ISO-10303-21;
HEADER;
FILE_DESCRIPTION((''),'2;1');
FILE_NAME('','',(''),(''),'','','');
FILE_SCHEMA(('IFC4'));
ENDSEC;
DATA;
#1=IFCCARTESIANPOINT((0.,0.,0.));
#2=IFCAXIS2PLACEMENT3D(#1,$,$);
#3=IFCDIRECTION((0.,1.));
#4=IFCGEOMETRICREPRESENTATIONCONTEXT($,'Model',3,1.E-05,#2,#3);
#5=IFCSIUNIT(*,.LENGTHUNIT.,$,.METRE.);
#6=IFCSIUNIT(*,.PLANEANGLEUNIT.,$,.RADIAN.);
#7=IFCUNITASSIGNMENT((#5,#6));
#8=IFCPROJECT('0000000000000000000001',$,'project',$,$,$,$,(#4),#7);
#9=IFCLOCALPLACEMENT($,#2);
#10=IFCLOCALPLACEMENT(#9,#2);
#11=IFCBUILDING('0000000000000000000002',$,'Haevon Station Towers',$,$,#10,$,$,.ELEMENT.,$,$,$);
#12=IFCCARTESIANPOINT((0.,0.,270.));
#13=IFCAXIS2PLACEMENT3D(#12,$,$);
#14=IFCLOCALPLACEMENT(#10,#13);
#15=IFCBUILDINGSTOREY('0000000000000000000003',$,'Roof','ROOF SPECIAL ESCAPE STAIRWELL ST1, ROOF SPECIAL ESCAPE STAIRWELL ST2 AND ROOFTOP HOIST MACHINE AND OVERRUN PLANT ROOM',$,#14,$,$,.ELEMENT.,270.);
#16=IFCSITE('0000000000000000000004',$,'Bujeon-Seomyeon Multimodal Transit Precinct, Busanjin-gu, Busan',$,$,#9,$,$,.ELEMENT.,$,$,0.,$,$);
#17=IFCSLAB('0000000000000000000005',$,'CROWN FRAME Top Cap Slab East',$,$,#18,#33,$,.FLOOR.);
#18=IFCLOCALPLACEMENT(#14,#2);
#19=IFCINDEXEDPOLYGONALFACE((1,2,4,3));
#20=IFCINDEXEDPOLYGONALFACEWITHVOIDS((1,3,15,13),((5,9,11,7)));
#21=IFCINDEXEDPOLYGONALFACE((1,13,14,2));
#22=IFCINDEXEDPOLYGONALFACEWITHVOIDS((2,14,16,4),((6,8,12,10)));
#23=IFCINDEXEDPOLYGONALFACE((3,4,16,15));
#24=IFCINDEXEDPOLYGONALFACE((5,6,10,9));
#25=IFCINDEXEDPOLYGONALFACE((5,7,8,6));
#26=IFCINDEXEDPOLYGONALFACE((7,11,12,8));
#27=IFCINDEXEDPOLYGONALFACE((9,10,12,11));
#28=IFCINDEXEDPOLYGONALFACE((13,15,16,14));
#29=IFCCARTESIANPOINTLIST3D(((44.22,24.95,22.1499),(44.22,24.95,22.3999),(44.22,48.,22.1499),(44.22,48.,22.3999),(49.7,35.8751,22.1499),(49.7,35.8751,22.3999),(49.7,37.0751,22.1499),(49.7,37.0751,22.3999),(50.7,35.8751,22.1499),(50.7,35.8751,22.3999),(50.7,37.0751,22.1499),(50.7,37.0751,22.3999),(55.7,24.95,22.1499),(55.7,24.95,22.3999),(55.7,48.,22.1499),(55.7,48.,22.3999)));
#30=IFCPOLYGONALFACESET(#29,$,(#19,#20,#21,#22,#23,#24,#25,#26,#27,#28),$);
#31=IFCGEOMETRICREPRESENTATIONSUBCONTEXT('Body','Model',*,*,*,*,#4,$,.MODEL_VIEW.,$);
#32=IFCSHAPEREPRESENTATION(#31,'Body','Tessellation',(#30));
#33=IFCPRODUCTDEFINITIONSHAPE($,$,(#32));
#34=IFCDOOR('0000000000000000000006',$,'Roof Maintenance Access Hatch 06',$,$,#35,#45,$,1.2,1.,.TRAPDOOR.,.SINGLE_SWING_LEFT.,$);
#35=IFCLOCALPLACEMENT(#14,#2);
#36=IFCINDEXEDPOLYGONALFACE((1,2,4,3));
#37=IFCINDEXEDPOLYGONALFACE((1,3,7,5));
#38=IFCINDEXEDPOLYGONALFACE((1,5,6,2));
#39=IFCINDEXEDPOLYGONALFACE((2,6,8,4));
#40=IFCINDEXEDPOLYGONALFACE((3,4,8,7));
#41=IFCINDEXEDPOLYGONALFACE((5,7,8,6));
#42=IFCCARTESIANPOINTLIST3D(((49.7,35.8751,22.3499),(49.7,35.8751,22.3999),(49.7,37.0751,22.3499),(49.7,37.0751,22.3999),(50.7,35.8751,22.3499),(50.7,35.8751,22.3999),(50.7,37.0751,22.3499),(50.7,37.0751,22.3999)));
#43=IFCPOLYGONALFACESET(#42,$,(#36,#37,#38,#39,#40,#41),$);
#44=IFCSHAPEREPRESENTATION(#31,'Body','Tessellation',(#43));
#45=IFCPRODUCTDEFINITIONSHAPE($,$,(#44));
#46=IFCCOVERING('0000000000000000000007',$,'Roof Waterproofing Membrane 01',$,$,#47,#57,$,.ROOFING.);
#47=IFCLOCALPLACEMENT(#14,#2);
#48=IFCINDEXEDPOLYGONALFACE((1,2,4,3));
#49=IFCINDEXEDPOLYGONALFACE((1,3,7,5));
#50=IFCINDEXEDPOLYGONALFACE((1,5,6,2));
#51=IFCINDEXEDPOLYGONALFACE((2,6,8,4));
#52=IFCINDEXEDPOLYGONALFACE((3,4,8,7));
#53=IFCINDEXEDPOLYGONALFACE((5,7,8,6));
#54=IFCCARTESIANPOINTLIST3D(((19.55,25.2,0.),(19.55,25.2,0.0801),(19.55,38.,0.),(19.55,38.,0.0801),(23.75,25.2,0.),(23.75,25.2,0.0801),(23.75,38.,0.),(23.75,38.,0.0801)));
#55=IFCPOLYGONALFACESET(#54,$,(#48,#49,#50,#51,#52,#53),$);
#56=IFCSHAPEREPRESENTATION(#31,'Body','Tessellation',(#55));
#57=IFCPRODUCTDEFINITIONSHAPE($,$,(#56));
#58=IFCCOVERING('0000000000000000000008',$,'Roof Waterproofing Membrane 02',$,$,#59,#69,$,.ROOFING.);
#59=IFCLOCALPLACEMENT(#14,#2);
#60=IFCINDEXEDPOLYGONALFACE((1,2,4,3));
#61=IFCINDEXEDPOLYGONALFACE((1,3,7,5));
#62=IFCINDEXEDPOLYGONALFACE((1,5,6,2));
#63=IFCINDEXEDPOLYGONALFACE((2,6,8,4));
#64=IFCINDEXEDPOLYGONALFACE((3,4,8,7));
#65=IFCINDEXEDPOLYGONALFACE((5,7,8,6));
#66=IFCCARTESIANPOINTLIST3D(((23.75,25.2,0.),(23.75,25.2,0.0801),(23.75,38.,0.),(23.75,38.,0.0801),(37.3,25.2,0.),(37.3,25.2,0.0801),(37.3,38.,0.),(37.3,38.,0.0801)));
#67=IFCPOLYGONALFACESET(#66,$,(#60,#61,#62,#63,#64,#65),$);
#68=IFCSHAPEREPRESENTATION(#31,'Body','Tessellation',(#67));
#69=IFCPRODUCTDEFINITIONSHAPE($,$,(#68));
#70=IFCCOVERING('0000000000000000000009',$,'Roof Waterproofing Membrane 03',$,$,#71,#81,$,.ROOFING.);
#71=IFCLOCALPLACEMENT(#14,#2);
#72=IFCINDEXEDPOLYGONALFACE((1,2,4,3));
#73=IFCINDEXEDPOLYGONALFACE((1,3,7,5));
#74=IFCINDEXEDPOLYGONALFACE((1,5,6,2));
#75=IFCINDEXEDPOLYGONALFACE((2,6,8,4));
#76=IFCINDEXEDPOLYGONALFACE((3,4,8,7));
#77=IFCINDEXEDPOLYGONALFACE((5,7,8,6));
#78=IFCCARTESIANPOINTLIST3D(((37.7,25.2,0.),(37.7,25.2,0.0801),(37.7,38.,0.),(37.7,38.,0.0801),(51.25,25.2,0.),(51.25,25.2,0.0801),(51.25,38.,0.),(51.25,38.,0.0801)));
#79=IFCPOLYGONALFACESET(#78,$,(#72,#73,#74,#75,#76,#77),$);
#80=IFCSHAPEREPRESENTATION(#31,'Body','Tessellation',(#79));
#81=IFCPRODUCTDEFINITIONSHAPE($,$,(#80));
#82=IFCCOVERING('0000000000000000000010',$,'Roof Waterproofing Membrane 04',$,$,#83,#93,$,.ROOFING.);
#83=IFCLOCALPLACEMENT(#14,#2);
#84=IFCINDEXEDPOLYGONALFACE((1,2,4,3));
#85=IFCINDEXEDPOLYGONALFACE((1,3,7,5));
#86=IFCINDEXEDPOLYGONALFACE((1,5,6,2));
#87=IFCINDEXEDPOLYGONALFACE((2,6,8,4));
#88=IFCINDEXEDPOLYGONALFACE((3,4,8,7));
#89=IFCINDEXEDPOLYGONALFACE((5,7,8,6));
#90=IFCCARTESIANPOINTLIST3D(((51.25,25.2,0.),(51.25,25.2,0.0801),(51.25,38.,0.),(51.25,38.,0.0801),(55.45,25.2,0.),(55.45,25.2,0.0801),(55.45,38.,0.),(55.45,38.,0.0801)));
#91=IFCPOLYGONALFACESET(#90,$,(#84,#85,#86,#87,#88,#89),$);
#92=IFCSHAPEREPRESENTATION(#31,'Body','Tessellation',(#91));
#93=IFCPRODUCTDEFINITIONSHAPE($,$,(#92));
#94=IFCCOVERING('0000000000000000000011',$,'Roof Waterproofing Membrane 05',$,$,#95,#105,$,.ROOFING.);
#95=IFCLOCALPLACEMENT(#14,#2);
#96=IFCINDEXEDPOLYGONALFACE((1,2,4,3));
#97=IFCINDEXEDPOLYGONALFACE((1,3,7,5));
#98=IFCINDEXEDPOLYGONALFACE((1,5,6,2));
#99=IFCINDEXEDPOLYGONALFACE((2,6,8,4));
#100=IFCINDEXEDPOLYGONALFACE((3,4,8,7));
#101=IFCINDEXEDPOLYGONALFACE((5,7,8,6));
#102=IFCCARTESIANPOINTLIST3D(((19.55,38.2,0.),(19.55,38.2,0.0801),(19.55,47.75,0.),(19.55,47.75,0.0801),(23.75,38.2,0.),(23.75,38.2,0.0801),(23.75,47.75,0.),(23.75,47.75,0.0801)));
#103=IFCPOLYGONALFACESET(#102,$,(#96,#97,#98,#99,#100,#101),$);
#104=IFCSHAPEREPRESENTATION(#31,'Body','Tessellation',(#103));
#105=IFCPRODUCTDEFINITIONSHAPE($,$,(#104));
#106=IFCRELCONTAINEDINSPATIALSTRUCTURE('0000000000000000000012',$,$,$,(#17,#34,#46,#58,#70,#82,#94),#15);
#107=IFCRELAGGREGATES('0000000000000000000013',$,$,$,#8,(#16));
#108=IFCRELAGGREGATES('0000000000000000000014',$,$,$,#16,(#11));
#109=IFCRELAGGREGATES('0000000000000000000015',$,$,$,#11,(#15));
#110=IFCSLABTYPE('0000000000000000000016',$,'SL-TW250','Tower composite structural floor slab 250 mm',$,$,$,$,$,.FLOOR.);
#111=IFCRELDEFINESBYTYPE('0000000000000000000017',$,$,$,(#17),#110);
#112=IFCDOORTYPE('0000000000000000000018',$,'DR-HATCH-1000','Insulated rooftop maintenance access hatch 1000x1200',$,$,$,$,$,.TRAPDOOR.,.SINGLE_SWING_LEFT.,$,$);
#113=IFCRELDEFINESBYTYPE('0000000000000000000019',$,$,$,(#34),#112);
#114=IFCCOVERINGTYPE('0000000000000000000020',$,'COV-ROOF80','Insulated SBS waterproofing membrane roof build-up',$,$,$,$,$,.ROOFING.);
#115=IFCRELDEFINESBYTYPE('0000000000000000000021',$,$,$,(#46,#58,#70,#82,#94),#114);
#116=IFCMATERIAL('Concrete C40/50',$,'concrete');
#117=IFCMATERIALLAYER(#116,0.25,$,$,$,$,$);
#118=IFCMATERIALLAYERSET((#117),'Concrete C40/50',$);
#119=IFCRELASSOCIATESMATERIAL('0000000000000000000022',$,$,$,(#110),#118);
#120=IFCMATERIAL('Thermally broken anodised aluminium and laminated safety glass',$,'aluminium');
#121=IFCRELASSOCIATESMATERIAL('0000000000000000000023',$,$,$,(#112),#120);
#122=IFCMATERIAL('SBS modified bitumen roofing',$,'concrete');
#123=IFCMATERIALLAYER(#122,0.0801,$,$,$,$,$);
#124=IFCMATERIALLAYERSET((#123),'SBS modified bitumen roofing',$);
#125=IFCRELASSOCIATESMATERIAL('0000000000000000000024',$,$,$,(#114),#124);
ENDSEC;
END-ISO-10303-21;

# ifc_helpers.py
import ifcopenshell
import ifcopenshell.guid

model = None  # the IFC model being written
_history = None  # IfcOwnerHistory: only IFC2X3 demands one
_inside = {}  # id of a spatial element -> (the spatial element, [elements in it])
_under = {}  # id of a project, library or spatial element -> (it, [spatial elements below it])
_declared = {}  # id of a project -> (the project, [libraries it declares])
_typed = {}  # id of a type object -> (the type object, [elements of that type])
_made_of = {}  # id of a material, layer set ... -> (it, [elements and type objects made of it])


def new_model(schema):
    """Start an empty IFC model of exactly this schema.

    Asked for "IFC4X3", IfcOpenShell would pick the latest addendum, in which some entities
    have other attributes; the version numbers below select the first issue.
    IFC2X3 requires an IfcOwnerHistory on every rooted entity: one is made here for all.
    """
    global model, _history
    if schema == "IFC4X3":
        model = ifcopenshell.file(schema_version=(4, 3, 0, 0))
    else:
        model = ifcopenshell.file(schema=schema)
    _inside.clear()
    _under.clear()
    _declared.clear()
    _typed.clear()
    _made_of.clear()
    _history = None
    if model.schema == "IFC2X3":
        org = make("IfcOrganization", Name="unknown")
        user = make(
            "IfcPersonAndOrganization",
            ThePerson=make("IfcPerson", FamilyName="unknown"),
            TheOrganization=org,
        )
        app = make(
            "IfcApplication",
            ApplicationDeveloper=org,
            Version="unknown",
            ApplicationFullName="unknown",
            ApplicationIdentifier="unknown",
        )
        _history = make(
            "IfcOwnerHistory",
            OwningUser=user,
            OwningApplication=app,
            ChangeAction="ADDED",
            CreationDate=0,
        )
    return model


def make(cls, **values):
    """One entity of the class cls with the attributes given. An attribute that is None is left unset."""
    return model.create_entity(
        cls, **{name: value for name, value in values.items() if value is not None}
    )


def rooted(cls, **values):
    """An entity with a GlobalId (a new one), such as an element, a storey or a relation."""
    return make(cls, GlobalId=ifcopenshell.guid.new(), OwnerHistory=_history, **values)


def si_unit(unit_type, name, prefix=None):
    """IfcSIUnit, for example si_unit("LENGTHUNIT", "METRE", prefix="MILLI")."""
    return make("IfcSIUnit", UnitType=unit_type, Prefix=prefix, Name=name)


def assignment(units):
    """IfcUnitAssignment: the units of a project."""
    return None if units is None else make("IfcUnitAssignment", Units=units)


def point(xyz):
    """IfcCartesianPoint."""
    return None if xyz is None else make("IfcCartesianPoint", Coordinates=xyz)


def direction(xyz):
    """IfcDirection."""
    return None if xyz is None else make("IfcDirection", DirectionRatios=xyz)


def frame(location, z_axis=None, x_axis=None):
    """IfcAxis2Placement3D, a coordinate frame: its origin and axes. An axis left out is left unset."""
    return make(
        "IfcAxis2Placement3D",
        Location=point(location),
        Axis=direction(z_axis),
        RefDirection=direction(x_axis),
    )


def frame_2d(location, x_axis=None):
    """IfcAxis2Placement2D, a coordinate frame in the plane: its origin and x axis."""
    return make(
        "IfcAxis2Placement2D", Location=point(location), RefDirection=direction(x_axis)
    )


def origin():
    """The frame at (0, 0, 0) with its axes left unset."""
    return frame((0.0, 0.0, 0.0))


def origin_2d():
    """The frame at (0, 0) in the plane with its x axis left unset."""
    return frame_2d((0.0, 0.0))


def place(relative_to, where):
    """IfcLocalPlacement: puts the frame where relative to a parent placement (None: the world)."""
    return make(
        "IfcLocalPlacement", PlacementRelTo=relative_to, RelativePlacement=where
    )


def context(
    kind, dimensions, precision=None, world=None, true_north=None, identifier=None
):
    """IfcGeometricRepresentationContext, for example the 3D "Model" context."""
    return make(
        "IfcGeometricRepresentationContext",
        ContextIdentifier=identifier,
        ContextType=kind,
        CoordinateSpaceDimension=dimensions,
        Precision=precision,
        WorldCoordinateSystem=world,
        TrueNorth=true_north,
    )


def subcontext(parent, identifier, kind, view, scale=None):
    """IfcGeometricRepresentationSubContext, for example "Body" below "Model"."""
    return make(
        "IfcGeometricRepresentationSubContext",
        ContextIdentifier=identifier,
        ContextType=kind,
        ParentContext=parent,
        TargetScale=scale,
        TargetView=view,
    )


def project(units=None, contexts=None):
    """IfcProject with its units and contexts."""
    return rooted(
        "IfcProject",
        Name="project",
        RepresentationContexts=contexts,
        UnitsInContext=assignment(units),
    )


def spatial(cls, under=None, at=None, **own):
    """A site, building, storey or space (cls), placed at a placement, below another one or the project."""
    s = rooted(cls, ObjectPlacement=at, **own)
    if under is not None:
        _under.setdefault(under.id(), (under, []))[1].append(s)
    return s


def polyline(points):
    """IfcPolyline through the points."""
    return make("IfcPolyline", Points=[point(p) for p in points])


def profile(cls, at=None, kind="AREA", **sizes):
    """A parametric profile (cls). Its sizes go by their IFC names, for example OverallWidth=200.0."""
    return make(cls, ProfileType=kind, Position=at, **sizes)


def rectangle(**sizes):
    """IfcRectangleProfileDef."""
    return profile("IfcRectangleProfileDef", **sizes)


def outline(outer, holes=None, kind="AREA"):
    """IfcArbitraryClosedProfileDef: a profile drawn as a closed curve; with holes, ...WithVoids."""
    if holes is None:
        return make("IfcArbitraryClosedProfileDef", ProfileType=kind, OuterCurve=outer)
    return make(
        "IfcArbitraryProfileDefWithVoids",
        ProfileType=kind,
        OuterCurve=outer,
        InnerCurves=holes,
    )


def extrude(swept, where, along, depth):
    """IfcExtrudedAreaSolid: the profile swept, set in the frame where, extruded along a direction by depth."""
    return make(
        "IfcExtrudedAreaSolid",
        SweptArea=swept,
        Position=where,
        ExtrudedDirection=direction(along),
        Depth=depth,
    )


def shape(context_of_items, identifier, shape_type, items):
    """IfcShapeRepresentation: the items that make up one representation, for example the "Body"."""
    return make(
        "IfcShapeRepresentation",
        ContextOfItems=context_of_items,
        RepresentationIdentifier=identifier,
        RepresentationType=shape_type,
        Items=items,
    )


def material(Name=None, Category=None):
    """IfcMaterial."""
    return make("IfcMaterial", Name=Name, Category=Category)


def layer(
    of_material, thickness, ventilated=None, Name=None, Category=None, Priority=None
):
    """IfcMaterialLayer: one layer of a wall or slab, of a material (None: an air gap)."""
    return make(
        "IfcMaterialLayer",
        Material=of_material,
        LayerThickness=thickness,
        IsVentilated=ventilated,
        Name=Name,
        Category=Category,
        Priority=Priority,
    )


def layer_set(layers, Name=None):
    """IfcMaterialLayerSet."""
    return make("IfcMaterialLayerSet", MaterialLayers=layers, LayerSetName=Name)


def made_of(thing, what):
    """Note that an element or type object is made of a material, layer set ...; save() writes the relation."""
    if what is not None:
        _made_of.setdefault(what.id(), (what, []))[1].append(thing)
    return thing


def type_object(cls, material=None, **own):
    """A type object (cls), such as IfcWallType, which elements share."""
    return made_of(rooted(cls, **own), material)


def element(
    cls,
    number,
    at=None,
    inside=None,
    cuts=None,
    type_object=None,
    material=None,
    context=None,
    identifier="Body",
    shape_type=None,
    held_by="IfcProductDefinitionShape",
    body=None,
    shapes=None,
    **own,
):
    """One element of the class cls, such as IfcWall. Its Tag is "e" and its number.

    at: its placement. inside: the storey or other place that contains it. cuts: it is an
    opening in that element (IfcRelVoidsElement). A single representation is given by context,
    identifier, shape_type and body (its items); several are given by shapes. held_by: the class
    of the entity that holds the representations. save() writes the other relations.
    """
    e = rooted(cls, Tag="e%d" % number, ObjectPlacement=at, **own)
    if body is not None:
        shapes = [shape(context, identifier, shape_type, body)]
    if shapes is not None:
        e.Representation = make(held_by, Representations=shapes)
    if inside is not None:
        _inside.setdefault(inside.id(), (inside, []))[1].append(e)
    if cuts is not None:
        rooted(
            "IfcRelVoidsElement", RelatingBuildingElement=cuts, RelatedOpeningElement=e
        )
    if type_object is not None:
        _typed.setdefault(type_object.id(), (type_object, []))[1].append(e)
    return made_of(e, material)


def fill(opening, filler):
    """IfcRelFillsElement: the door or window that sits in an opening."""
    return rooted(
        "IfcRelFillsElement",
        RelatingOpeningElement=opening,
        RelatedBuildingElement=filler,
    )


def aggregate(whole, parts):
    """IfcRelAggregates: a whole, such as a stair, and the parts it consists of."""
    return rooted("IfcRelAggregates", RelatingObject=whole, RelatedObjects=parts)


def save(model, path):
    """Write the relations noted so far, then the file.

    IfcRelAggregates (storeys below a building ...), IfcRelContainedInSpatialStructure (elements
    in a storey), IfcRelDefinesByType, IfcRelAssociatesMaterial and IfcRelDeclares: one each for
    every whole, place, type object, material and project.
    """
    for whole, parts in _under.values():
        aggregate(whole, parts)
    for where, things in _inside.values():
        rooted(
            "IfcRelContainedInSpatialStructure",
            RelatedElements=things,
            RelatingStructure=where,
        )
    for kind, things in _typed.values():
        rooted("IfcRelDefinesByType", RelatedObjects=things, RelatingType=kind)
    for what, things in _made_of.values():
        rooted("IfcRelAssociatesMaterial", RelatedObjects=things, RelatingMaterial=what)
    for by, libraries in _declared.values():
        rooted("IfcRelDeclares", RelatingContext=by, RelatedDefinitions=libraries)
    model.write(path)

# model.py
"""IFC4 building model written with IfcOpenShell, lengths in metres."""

from ifc_helpers import new_model, si_unit, direction, frame, origin, origin_2d, place, context, subcontext, project, spatial, polyline, rectangle, outline, extrude, material, layer, layer_set, type_object, element, fill, save


model = new_model("IFC4")

# Units and contexts
model_context = context("Model", 3, precision=1e-05, world=origin(), true_north=direction((0.0, 1.0)))
body_context = subcontext(model_context, "Body", "Model", "MODEL_VIEW")
ifc_project = project(units=[si_unit("LENGTHUNIT", "METRE"), si_unit("PLANEANGLEUNIT", "RADIAN")], contexts=[model_context])

# Site, building, storey
site_placement = place(None, origin())
site = spatial("IfcSite", under=ifc_project, at=site_placement, Name="Bujeon-Seomyeon Multimodal Transit Precinct, Busanjin-gu, Busan", CompositionType="ELEMENT", RefElevation=0.0)
building_placement = place(site_placement, origin())
building = spatial("IfcBuilding", under=site, at=building_placement, Name="Haevon Station Towers", CompositionType="ELEMENT")
storey_placement = place(building_placement, frame((0.0, 0.0, 270.0)))
storey = spatial("IfcBuildingStorey", under=building, at=storey_placement, Name="Roof", Description="ROOF SPECIAL ESCAPE STAIRWELL ST1, ROOF SPECIAL ESCAPE STAIRWELL ST2 AND ROOFTOP HOIST MACHINE AND OVERRUN PLANT ROOM", CompositionType="ELEMENT", Elevation=270.0)

# Shared definitions
ifc_material_1 = material(Name="Concrete C40/50", Category="concrete")

# Shared definitions
ifc_layer_1 = layer(ifc_material_1, 0.25)
ifc_layer_set_1 = layer_set([ifc_layer_1], Name="Concrete C40/50")
slab_type_1 = type_object("IfcSlabType", Name="SL-TW250", Description="Tower composite structural floor slab 250 mm", PredefinedType="FLOOR", material=ifc_layer_set_1)
ifc_material_2 = material(Name="Thermally broken anodised aluminium and laminated safety glass", Category="aluminium")
door_type = type_object("IfcDoorType", Name="DR-HATCH-1000", Description="Insulated rooftop maintenance access hatch 1000x1200", OperationType="SINGLE_SWING_LEFT", PredefinedType="TRAPDOOR", material=ifc_material_2)

# Slab, opening, door
slab_1_placement = place(storey_placement, frame((0.0, 0.0, 22.1499)))
slab_1 = element("IfcSlab", 1, at=slab_1_placement, inside=storey, type_object=slab_type_1, Name="CROWN FRAME Top Cap Slab East", PredefinedType="FLOOR", context=body_context, shape_type="SweptSolid", body=[
    extrude(outline(polyline([(44.22, 24.95), (55.7, 24.95), (55.7, 48.0), (44.22, 48.0), (44.22, 24.95)])), origin(), (0.0, 0.0, 1.0), 0.25),
])
opening_1_placement = place(slab_1_placement, frame((50.2, 36.4751, -0.01)))
opening_1 = element("IfcOpeningElement", 2, at=opening_1_placement, cuts=slab_1, PredefinedType="OPENING", context=body_context, shape_type="SweptSolid", body=[
    extrude(rectangle(XDim=1.0, YDim=1.2, at=origin_2d()), origin(), (0.0, 0.0, 1.0), 0.27),
])
door_1_placement = place(slab_1_placement, frame((50.2, 36.4751, 0.2)))
door_1 = element("IfcDoor", 3, at=door_1_placement, inside=storey, type_object=door_type, Name="Roof Maintenance Access Hatch 06", OperationType="SINGLE_SWING_LEFT", OverallHeight=1.2, OverallWidth=1.0, PredefinedType="TRAPDOOR", context=body_context, shape_type="SweptSolid", body=[
    extrude(rectangle(XDim=1.0, YDim=1.2, at=origin_2d()), origin(), (0.0, 0.0, 1.0), 0.05),
])
fill(opening_1, door_1)

# Coverings
ifc_material_3 = material(Name="SBS modified bitumen roofing", Category="concrete")
ifc_layer_2 = layer(ifc_material_3, 0.0801)
ifc_layer_set_2 = layer_set([ifc_layer_2], Name="SBS modified bitumen roofing")
covering_type = type_object("IfcCoveringType", Name="COV-ROOF80", Description="Insulated SBS waterproofing membrane roof build-up", PredefinedType="ROOFING", material=ifc_layer_set_2)
covering_1_placement = place(storey_placement, origin())
element("IfcCovering", 4, at=covering_1_placement, inside=storey, type_object=covering_type, Name="Roof Waterproofing Membrane 01", PredefinedType="ROOFING", context=body_context, shape_type="SweptSolid", body=[
    extrude(outline(polyline([(19.55, 25.2), (23.75, 25.2), (23.75, 38.0), (19.55, 38.0), (19.55, 25.2)])), origin(), (0.0, 0.0, 1.0), 0.0801),
])
covering_2_placement = place(storey_placement, origin())
element("IfcCovering", 5, at=covering_2_placement, inside=storey, type_object=covering_type, Name="Roof Waterproofing Membrane 02", PredefinedType="ROOFING", context=body_context, shape_type="SweptSolid", body=[
    extrude(outline(polyline([(23.75, 25.2), (37.3, 25.2), (37.3, 38.0), (23.75, 38.0), (23.75, 25.2)])), origin(), (0.0, 0.0, 1.0), 0.0801),
])
covering_3_placement = place(storey_placement, origin())
element("IfcCovering", 6, at=covering_3_placement, inside=storey, type_object=covering_type, Name="Roof Waterproofing Membrane 03", PredefinedType="ROOFING", context=body_context, shape_type="SweptSolid", body=[
    extrude(outline(polyline([(37.7, 25.2), (51.25, 25.2), (51.25, 38.0), (37.7, 38.0), (37.7, 25.2)])), origin(), (0.0, 0.0, 1.0), 0.0801),
])
covering_4_placement = place(storey_placement, origin())
element("IfcCovering", 7, at=covering_4_placement, inside=storey, type_object=covering_type, Name="Roof Waterproofing Membrane 04", PredefinedType="ROOFING", context=body_context, shape_type="SweptSolid", body=[
    extrude(outline(polyline([(51.25, 25.2), (55.45, 25.2), (55.45, 38.0), (51.25, 38.0), (51.25, 25.2)])), origin(), (0.0, 0.0, 1.0), 0.0801),
])
covering_5_placement = place(storey_placement, origin())
element("IfcCovering", 8, at=covering_5_placement, inside=storey, type_object=covering_type, Name="Roof Waterproofing Membrane 05", PredefinedType="ROOFING", context=body_context, shape_type="SweptSolid", body=[
    extrude(outline(polyline([(19.55, 38.2), (23.75, 38.2), (23.75, 47.75), (19.55, 47.75), (19.55, 38.2)])), origin(), (0.0, 0.0, 1.0), 0.0801),
])

save(model, "model.ifc")
